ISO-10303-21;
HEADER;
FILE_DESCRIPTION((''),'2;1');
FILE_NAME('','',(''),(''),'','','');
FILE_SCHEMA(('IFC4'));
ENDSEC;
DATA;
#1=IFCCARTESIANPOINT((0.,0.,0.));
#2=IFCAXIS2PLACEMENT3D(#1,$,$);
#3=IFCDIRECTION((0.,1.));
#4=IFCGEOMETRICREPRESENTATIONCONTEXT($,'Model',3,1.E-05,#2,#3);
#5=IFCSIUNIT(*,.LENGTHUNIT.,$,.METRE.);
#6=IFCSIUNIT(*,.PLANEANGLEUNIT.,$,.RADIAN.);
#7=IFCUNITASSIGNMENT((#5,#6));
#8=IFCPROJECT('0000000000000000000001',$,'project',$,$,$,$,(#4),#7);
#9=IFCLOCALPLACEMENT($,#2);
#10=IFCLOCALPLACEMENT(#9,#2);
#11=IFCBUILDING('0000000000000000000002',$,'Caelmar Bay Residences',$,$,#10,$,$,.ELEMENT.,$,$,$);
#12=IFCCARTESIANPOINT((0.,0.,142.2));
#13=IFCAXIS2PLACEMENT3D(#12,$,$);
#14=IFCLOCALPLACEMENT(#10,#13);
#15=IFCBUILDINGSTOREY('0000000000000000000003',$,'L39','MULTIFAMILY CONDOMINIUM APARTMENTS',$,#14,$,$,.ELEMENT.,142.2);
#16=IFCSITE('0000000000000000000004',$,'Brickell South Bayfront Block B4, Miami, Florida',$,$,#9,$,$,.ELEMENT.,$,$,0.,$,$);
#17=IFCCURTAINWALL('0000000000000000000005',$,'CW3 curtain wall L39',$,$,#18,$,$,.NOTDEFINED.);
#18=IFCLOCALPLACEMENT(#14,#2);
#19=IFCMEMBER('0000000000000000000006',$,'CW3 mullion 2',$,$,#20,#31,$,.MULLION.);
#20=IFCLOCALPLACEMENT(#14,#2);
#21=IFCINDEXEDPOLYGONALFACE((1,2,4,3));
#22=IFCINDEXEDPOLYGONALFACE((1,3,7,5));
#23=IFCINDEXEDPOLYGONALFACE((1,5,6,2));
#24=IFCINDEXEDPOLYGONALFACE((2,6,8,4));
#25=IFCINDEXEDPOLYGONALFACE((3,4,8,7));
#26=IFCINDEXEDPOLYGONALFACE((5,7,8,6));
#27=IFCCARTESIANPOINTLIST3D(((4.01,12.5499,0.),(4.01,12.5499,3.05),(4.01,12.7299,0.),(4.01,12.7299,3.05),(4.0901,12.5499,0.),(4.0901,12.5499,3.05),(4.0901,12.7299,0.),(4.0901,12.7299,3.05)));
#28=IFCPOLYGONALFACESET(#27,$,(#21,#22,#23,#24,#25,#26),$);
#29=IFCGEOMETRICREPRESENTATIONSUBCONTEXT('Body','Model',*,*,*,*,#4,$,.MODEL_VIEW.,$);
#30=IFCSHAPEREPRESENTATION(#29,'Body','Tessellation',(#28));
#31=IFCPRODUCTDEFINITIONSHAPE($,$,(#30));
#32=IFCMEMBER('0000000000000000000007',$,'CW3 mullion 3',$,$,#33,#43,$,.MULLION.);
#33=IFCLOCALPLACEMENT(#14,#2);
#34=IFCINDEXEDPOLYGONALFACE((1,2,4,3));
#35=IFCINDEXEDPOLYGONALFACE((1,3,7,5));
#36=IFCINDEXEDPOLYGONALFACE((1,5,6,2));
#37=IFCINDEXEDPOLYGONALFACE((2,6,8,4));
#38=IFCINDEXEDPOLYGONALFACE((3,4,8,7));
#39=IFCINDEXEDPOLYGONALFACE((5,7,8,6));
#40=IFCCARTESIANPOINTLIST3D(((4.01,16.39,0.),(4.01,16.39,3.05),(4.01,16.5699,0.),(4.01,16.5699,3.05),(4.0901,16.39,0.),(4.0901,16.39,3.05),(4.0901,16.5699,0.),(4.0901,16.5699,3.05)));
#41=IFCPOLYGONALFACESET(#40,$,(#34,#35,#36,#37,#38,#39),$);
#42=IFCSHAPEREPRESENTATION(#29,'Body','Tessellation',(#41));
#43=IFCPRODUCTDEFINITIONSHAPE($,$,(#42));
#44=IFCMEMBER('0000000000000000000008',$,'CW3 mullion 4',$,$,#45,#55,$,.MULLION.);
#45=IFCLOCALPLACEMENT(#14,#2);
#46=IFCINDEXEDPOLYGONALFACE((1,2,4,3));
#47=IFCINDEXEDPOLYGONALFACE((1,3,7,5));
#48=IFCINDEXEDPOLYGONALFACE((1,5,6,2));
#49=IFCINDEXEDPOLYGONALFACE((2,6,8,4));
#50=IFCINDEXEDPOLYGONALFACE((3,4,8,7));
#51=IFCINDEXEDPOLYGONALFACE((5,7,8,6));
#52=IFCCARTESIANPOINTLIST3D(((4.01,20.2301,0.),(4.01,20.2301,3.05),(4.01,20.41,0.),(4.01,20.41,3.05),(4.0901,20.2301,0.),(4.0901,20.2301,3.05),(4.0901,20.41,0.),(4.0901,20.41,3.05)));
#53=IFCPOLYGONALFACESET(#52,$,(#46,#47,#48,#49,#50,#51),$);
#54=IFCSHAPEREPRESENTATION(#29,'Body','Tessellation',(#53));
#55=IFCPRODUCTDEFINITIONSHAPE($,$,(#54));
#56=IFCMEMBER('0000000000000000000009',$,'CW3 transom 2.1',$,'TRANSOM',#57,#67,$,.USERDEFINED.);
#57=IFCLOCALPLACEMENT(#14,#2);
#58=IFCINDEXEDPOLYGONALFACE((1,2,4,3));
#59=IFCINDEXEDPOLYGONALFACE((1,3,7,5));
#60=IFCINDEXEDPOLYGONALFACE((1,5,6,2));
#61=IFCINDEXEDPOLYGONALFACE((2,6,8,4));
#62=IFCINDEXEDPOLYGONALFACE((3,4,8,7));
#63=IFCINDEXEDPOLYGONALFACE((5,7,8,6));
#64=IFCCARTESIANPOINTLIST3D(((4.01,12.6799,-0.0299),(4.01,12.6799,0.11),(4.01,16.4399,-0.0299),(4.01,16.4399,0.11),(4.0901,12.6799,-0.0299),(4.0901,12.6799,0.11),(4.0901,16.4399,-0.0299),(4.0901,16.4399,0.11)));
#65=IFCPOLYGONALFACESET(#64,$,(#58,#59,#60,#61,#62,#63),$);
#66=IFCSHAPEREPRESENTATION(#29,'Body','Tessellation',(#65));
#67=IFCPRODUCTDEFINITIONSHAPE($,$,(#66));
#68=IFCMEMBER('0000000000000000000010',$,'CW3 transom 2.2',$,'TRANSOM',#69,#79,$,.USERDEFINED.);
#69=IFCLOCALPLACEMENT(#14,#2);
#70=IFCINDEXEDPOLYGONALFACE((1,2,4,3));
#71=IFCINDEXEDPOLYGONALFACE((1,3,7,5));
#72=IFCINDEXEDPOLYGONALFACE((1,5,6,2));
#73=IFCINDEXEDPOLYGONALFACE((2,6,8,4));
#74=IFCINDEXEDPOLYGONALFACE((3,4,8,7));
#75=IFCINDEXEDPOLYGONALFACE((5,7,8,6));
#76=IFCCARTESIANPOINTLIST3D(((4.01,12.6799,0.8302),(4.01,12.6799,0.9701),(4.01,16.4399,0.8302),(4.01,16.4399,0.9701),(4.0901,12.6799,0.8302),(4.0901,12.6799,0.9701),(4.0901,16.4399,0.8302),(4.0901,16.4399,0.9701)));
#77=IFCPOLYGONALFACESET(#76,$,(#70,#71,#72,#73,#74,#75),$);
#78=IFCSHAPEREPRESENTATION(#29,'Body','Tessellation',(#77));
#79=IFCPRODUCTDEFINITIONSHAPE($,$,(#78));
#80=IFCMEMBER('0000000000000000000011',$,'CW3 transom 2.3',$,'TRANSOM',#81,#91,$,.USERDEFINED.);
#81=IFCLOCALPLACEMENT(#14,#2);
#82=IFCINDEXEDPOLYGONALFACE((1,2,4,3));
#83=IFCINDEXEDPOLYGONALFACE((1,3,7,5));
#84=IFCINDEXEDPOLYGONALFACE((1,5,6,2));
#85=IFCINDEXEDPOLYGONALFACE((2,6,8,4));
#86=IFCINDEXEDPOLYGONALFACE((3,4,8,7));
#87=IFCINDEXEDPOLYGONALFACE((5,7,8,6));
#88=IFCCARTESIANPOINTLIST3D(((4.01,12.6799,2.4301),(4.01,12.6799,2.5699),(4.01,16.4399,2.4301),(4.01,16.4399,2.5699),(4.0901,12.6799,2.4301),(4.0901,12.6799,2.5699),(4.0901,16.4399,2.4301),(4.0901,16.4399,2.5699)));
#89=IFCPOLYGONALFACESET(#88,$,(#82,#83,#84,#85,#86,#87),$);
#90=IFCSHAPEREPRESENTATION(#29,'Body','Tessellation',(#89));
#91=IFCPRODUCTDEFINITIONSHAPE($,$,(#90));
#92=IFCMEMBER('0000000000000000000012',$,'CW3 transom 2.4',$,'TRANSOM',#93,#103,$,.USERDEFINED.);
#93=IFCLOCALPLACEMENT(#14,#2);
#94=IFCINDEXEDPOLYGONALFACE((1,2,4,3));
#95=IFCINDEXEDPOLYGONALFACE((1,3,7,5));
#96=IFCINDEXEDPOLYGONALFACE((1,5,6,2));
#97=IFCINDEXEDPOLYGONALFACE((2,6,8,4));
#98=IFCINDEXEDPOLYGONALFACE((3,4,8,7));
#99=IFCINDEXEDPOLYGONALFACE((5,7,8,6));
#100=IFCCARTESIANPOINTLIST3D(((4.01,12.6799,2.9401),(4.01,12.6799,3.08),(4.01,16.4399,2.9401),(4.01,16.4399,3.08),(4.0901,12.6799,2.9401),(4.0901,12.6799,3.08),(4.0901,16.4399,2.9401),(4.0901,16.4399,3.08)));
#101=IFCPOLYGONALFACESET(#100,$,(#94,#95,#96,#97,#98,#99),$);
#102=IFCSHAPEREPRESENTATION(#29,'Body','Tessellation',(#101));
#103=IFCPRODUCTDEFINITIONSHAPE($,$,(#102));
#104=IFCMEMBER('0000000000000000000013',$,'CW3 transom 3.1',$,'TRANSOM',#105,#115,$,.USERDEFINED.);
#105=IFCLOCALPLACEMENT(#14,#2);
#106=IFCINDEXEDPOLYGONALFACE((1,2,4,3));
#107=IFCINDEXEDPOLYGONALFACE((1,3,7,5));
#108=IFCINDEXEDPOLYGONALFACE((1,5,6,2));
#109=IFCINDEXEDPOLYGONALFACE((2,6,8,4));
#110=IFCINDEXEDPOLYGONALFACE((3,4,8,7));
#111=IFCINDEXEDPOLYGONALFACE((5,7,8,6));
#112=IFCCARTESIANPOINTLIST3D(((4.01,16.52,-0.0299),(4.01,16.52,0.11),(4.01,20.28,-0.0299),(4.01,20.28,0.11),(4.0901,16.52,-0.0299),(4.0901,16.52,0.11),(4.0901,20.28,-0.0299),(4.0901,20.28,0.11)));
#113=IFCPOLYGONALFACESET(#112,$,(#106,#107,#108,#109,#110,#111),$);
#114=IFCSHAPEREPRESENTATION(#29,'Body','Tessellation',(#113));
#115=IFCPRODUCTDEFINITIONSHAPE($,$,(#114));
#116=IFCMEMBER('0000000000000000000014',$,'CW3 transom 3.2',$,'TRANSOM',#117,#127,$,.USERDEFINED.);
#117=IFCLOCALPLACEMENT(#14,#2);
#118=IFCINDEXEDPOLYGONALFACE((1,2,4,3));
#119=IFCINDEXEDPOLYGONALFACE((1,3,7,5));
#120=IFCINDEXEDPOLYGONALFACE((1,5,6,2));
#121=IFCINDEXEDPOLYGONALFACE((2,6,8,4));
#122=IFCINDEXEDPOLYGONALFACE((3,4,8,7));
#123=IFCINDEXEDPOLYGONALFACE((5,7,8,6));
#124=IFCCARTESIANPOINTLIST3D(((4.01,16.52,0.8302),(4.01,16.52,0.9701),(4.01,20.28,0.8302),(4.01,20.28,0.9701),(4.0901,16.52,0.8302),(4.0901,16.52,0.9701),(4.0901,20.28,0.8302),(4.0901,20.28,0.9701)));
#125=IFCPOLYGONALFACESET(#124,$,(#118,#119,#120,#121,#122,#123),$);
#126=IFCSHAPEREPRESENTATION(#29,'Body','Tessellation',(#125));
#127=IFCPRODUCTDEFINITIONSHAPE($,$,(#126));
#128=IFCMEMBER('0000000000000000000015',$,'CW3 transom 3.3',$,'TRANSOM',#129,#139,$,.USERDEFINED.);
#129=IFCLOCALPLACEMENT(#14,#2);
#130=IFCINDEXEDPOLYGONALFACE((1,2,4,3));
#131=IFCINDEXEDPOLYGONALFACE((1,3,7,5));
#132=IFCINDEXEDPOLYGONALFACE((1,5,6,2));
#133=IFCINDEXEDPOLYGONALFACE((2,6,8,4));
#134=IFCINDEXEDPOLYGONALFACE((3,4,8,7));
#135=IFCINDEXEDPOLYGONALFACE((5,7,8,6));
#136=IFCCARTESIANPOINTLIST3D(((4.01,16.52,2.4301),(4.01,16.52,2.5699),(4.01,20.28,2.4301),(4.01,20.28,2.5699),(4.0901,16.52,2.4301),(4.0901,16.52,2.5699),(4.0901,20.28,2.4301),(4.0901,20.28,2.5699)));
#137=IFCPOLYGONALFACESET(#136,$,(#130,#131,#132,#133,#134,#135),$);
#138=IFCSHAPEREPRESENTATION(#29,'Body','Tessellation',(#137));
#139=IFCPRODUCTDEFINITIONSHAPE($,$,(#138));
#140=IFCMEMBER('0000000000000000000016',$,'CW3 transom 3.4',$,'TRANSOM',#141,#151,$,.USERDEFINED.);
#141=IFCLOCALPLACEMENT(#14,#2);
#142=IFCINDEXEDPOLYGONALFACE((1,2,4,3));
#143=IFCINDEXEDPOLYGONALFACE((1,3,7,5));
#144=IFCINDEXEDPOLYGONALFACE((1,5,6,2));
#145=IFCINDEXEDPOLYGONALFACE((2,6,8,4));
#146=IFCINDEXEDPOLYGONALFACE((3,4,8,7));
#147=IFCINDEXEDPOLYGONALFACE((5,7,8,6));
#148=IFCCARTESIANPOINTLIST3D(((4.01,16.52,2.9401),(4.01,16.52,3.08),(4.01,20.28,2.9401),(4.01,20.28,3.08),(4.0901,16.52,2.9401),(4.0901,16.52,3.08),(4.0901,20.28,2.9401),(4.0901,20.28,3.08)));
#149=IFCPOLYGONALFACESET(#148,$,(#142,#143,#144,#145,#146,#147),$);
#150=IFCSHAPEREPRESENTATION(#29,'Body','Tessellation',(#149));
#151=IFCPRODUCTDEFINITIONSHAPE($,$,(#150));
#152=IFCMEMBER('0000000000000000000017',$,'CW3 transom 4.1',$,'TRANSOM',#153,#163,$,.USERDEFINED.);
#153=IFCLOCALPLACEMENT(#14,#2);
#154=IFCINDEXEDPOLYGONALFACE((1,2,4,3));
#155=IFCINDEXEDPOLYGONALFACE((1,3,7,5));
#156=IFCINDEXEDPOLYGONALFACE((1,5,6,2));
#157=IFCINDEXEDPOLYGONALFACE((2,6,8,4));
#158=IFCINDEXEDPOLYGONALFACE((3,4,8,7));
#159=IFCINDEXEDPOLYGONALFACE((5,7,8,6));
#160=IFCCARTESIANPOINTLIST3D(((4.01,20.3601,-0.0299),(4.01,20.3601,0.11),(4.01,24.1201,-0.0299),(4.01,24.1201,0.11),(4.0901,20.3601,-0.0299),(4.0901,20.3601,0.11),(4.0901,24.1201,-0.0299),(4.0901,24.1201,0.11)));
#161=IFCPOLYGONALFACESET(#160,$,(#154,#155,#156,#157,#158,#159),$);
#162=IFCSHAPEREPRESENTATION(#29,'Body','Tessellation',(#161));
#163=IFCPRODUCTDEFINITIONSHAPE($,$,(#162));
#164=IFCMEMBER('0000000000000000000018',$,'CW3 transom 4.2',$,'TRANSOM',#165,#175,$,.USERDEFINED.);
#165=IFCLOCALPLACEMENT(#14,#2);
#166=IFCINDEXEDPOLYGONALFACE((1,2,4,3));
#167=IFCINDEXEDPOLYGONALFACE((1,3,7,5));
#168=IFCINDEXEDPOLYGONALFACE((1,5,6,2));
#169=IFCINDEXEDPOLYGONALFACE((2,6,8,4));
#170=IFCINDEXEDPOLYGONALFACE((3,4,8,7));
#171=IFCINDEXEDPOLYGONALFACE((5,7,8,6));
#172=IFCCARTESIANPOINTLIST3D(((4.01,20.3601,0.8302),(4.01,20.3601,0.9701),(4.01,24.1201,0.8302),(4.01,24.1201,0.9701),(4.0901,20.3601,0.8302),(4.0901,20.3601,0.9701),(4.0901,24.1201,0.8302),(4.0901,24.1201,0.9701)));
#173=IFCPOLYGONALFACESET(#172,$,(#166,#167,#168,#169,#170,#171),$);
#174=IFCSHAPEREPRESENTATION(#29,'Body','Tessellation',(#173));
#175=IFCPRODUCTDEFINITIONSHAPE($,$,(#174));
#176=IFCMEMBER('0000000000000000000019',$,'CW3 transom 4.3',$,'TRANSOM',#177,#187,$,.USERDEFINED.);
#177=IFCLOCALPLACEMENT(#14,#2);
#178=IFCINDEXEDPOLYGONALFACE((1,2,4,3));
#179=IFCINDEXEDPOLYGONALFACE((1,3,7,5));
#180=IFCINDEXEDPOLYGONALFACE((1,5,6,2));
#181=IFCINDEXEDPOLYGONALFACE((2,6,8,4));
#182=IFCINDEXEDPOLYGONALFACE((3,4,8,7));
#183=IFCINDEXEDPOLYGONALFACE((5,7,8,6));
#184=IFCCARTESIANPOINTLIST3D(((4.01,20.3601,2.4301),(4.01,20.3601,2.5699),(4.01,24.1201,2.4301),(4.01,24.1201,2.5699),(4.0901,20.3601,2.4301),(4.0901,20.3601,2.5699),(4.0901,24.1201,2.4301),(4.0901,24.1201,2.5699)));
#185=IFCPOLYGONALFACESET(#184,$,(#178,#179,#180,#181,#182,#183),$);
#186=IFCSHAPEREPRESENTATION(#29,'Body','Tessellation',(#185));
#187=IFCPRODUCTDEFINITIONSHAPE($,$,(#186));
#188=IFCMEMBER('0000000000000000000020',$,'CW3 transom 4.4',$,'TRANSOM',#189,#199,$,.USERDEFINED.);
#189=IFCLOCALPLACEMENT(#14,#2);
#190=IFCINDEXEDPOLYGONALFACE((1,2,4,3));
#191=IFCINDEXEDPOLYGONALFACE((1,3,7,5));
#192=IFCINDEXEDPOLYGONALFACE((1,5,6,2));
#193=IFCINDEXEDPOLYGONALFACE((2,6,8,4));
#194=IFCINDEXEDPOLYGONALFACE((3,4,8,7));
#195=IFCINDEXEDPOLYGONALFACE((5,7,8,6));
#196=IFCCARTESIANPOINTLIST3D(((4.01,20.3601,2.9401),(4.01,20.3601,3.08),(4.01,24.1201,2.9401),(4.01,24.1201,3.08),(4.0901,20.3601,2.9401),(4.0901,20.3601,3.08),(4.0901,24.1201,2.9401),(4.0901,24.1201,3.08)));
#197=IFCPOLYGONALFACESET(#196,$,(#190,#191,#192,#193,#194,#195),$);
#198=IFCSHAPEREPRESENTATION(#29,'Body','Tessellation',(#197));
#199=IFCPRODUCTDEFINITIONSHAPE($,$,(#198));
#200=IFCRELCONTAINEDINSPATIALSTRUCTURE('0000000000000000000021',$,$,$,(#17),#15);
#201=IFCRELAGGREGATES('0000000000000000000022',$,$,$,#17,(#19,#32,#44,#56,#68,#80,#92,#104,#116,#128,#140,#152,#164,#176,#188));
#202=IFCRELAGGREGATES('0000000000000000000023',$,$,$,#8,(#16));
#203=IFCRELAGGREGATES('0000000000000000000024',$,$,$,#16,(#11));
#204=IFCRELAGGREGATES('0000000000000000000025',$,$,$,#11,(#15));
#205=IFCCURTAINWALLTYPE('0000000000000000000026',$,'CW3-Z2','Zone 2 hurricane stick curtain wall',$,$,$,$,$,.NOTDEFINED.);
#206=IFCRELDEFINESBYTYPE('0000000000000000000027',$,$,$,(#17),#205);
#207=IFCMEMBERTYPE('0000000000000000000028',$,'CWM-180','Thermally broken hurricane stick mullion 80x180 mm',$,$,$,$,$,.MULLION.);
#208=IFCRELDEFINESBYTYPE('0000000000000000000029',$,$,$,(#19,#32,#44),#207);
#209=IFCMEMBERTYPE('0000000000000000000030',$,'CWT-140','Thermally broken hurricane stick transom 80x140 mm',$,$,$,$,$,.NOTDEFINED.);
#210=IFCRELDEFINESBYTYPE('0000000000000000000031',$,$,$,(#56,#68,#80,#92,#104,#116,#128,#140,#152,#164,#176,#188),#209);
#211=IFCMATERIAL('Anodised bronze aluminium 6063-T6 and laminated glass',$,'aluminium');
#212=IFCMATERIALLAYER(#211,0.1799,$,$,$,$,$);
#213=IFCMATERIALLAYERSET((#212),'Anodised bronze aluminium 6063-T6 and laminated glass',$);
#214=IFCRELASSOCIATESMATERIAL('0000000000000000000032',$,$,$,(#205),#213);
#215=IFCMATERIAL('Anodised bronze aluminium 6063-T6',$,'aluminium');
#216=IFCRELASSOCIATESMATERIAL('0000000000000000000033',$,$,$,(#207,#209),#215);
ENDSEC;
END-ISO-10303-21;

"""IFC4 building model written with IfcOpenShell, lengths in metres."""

from ifc_helpers import new_model, si_unit, direction, frame, origin, origin_2d, place, context, subcontext, project, spatial, rectangle, extrude, material, layer, layer_set, material_profile, profile_set, type_object, element, aggregate, save


model = new_model("IFC4")

# Units and contexts
model_context = context("Model", 3, precision=1e-05, world=origin(), true_north=direction((0.0, 1.0)))
body_context = subcontext(model_context, "Body", "Model", "MODEL_VIEW")
ifc_project = project(units=[si_unit("LENGTHUNIT", "METRE"), si_unit("PLANEANGLEUNIT", "RADIAN")], contexts=[model_context])

# Site, building, storey
site_placement = place(None, origin())
site = spatial("IfcSite", under=ifc_project, at=site_placement, Name="Brickell South Bayfront Block B4, Miami, Florida", CompositionType="ELEMENT", RefElevation=0.0)
building_placement = place(site_placement, origin())
building = spatial("IfcBuilding", under=site, at=building_placement, Name="Caelmar Bay Residences", CompositionType="ELEMENT")
storey_placement = place(building_placement, frame((0.0, 0.0, 142.2)))
storey = spatial("IfcBuildingStorey", under=building, at=storey_placement, Name="L39", Description="MULTIFAMILY CONDOMINIUM APARTMENTS", CompositionType="ELEMENT", Elevation=142.2)

# Curtain wall, members
ifc_material_1 = material(Name="Anodised bronze aluminium 6063-T6 and laminated glass", Category="aluminium")
ifc_layer_1 = layer(ifc_material_1, 0.1799)
ifc_layer_set_1 = layer_set([ifc_layer_1], Name="Anodised bronze aluminium 6063-T6 and laminated glass")
curtain_wall_type = type_object("IfcCurtainWallType", Name="CW3-Z2", Description="Zone 2 hurricane stick curtain wall", PredefinedType="NOTDEFINED", material=ifc_layer_set_1)
curtain_wall_placement = place(storey_placement, origin())
curtain_wall = element("IfcCurtainWall", 1, at=curtain_wall_placement, inside=storey, type_object=curtain_wall_type, Name="CW3 curtain wall L39", PredefinedType="NOTDEFINED")
ifc_material_2 = material(Name="Anodised bronze aluminium 6063-T6", Category="aluminium")
ifc_material_profile_1 = material_profile(ifc_material_2, rectangle(XDim=0.0801, YDim=0.1799, at=origin_2d()), Name="CWM-80X180")
ifc_profile_set_1 = profile_set([ifc_material_profile_1], Name="Anodised bronze aluminium 6063-T6")
member_type_1 = type_object("IfcMemberType", Name="CWM-180", Description="Thermally broken hurricane stick mullion 80x180 mm", PredefinedType="MULLION", material=ifc_profile_set_1)
member_1_placement = place(storey_placement, frame((4.05, 12.6399, 0.0), z_axis=(0.0, 0.0, 1.0), x_axis=(-1.0, 0.0, 0.0)))
member_1 = element("IfcMember", 2, at=member_1_placement, type_object=member_type_1, Name="CW3 mullion 2", PredefinedType="MULLION", context=body_context, shape_type="SweptSolid", body=[
    extrude(rectangle(XDim=0.0801, YDim=0.1799, at=origin_2d()), origin(), (0.0, 0.0, 1.0), 3.05),
])
member_2_placement = place(storey_placement, frame((4.05, 16.48, 0.0), z_axis=(0.0, 0.0, 1.0), x_axis=(-1.0, 0.0, 0.0)))
member_2 = element("IfcMember", 3, at=member_2_placement, type_object=member_type_1, Name="CW3 mullion 3", PredefinedType="MULLION", context=body_context, shape_type="SweptSolid", body=[
    extrude(rectangle(XDim=0.0801, YDim=0.1799, at=origin_2d()), origin(), (0.0, 0.0, 1.0), 3.05),
])
member_3_placement = place(storey_placement, frame((4.05, 20.3201, 0.0), z_axis=(0.0, 0.0, 1.0), x_axis=(-1.0, 0.0, 0.0)))
member_3 = element("IfcMember", 4, at=member_3_placement, type_object=member_type_1, Name="CW3 mullion 4", PredefinedType="MULLION", context=body_context, shape_type="SweptSolid", body=[
    extrude(rectangle(XDim=0.0801, YDim=0.1799, at=origin_2d()), origin(), (0.0, 0.0, 1.0), 3.05),
])
ifc_material_profile_2 = material_profile(ifc_material_2, rectangle(XDim=0.0801, YDim=0.1399, at=origin_2d()), Name="CWT-80X140")
ifc_profile_set_2 = profile_set([ifc_material_profile_2], Name="Anodised bronze aluminium 6063-T6")
member_type_2 = type_object("IfcMemberType", Name="CWT-140", Description="Thermally broken hurricane stick transom 80x140 mm", PredefinedType="NOTDEFINED", material=ifc_profile_set_2)
member_4_placement = place(storey_placement, frame((4.05, 12.6799, 0.04), z_axis=(0.0, 1.0, 0.0), x_axis=(-1.0, 0.0, 0.0)))
member_4 = element("IfcMember", 5, at=member_4_placement, type_object=member_type_2, Name="CW3 transom 2.1", ObjectType="TRANSOM", PredefinedType="USERDEFINED", context=body_context, shape_type="SweptSolid", body=[
    extrude(rectangle(XDim=0.0801, YDim=0.1399, at=origin_2d()), origin(), (0.0, 0.0, 1.0), 3.76),
])
member_5_placement = place(storey_placement, frame((4.05, 12.6799, 0.9001), z_axis=(0.0, 1.0, 0.0), x_axis=(-1.0, 0.0, 0.0)))
member_5 = element("IfcMember", 6, at=member_5_placement, type_object=member_type_2, Name="CW3 transom 2.2", ObjectType="TRANSOM", PredefinedType="USERDEFINED", context=body_context, shape_type="SweptSolid", body=[
    extrude(rectangle(XDim=0.0801, YDim=0.1399, at=origin_2d()), origin(), (0.0, 0.0, 1.0), 3.76),
])
member_6_placement = place(storey_placement, frame((4.05, 12.6799, 2.5), z_axis=(0.0, 1.0, 0.0), x_axis=(-1.0, 0.0, 0.0)))
member_6 = element("IfcMember", 7, at=member_6_placement, type_object=member_type_2, Name="CW3 transom 2.3", ObjectType="TRANSOM", PredefinedType="USERDEFINED", context=body_context, shape_type="SweptSolid", body=[
    extrude(rectangle(XDim=0.0801, YDim=0.1399, at=origin_2d()), origin(), (0.0, 0.0, 1.0), 3.76),
])
member_7_placement = place(storey_placement, frame((4.05, 12.6799, 3.01), z_axis=(0.0, 1.0, 0.0), x_axis=(-1.0, 0.0, 0.0)))
member_7 = element("IfcMember", 8, at=member_7_placement, type_object=member_type_2, Name="CW3 transom 2.4", ObjectType="TRANSOM", PredefinedType="USERDEFINED", context=body_context, shape_type="SweptSolid", body=[
    extrude(rectangle(XDim=0.0801, YDim=0.1399, at=origin_2d()), origin(), (0.0, 0.0, 1.0), 3.76),
])
member_8_placement = place(storey_placement, frame((4.05, 16.52, 0.04), z_axis=(0.0, 1.0, 0.0), x_axis=(-1.0, 0.0, 0.0)))
member_8 = element("IfcMember", 9, at=member_8_placement, type_object=member_type_2, Name="CW3 transom 3.1", ObjectType="TRANSOM", PredefinedType="USERDEFINED", context=body_context, shape_type="SweptSolid", body=[
    extrude(rectangle(XDim=0.0801, YDim=0.1399, at=origin_2d()), origin(), (0.0, 0.0, 1.0), 3.76),
])
member_9_placement = place(storey_placement, frame((4.05, 16.52, 0.9001), z_axis=(0.0, 1.0, 0.0), x_axis=(-1.0, 0.0, 0.0)))
member_9 = element("IfcMember", 10, at=member_9_placement, type_object=member_type_2, Name="CW3 transom 3.2", ObjectType="TRANSOM", PredefinedType="USERDEFINED", context=body_context, shape_type="SweptSolid", body=[
    extrude(rectangle(XDim=0.0801, YDim=0.1399, at=origin_2d()), origin(), (0.0, 0.0, 1.0), 3.76),
])
member_10_placement = place(storey_placement, frame((4.05, 16.52, 2.5), z_axis=(0.0, 1.0, 0.0), x_axis=(-1.0, 0.0, 0.0)))
member_10 = element("IfcMember", 11, at=member_10_placement, type_object=member_type_2, Name="CW3 transom 3.3", ObjectType="TRANSOM", PredefinedType="USERDEFINED", context=body_context, shape_type="SweptSolid", body=[
    extrude(rectangle(XDim=0.0801, YDim=0.1399, at=origin_2d()), origin(), (0.0, 0.0, 1.0), 3.76),
])
member_11_placement = place(storey_placement, frame((4.05, 16.52, 3.01), z_axis=(0.0, 1.0, 0.0), x_axis=(-1.0, 0.0, 0.0)))
member_11 = element("IfcMember", 12, at=member_11_placement, type_object=member_type_2, Name="CW3 transom 3.4", ObjectType="TRANSOM", PredefinedType="USERDEFINED", context=body_context, shape_type="SweptSolid", body=[
    extrude(rectangle(XDim=0.0801, YDim=0.1399, at=origin_2d()), origin(), (0.0, 0.0, 1.0), 3.76),
])
member_12_placement = place(storey_placement, frame((4.05, 20.3601, 0.04), z_axis=(0.0, 1.0, 0.0), x_axis=(-1.0, 0.0, 0.0)))
member_12 = element("IfcMember", 13, at=member_12_placement, type_object=member_type_2, Name="CW3 transom 4.1", ObjectType="TRANSOM", PredefinedType="USERDEFINED", context=body_context, shape_type="SweptSolid", body=[
    extrude(rectangle(XDim=0.0801, YDim=0.1399, at=origin_2d()), origin(), (0.0, 0.0, 1.0), 3.76),
])
member_13_placement = place(storey_placement, frame((4.05, 20.3601, 0.9001), z_axis=(0.0, 1.0, 0.0), x_axis=(-1.0, 0.0, 0.0)))
member_13 = element("IfcMember", 14, at=member_13_placement, type_object=member_type_2, Name="CW3 transom 4.2", ObjectType="TRANSOM", PredefinedType="USERDEFINED", context=body_context, shape_type="SweptSolid", body=[
    extrude(rectangle(XDim=0.0801, YDim=0.1399, at=origin_2d()), origin(), (0.0, 0.0, 1.0), 3.76),
])
member_14_placement = place(storey_placement, frame((4.05, 20.3601, 2.5), z_axis=(0.0, 1.0, 0.0), x_axis=(-1.0, 0.0, 0.0)))
member_14 = element("IfcMember", 15, at=member_14_placement, type_object=member_type_2, Name="CW3 transom 4.3", ObjectType="TRANSOM", PredefinedType="USERDEFINED", context=body_context, shape_type="SweptSolid", body=[
    extrude(rectangle(XDim=0.0801, YDim=0.1399, at=origin_2d()), origin(), (0.0, 0.0, 1.0), 3.76),
])
member_15_placement = place(storey_placement, frame((4.05, 20.3601, 3.01), z_axis=(0.0, 1.0, 0.0), x_axis=(-1.0, 0.0, 0.0)))
member_15 = element("IfcMember", 16, at=member_15_placement, type_object=member_type_2, Name="CW3 transom 4.4", ObjectType="TRANSOM", PredefinedType="USERDEFINED", context=body_context, shape_type="SweptSolid", body=[
    extrude(rectangle(XDim=0.0801, YDim=0.1399, at=origin_2d()), origin(), (0.0, 0.0, 1.0), 3.76),
])
aggregate(curtain_wall, [member_1, member_2, member_3, member_4, member_5, member_6, member_7, member_8, member_9, member_10, member_11, member_12, member_13, member_14, member_15])

save(model, "model.ifc")
